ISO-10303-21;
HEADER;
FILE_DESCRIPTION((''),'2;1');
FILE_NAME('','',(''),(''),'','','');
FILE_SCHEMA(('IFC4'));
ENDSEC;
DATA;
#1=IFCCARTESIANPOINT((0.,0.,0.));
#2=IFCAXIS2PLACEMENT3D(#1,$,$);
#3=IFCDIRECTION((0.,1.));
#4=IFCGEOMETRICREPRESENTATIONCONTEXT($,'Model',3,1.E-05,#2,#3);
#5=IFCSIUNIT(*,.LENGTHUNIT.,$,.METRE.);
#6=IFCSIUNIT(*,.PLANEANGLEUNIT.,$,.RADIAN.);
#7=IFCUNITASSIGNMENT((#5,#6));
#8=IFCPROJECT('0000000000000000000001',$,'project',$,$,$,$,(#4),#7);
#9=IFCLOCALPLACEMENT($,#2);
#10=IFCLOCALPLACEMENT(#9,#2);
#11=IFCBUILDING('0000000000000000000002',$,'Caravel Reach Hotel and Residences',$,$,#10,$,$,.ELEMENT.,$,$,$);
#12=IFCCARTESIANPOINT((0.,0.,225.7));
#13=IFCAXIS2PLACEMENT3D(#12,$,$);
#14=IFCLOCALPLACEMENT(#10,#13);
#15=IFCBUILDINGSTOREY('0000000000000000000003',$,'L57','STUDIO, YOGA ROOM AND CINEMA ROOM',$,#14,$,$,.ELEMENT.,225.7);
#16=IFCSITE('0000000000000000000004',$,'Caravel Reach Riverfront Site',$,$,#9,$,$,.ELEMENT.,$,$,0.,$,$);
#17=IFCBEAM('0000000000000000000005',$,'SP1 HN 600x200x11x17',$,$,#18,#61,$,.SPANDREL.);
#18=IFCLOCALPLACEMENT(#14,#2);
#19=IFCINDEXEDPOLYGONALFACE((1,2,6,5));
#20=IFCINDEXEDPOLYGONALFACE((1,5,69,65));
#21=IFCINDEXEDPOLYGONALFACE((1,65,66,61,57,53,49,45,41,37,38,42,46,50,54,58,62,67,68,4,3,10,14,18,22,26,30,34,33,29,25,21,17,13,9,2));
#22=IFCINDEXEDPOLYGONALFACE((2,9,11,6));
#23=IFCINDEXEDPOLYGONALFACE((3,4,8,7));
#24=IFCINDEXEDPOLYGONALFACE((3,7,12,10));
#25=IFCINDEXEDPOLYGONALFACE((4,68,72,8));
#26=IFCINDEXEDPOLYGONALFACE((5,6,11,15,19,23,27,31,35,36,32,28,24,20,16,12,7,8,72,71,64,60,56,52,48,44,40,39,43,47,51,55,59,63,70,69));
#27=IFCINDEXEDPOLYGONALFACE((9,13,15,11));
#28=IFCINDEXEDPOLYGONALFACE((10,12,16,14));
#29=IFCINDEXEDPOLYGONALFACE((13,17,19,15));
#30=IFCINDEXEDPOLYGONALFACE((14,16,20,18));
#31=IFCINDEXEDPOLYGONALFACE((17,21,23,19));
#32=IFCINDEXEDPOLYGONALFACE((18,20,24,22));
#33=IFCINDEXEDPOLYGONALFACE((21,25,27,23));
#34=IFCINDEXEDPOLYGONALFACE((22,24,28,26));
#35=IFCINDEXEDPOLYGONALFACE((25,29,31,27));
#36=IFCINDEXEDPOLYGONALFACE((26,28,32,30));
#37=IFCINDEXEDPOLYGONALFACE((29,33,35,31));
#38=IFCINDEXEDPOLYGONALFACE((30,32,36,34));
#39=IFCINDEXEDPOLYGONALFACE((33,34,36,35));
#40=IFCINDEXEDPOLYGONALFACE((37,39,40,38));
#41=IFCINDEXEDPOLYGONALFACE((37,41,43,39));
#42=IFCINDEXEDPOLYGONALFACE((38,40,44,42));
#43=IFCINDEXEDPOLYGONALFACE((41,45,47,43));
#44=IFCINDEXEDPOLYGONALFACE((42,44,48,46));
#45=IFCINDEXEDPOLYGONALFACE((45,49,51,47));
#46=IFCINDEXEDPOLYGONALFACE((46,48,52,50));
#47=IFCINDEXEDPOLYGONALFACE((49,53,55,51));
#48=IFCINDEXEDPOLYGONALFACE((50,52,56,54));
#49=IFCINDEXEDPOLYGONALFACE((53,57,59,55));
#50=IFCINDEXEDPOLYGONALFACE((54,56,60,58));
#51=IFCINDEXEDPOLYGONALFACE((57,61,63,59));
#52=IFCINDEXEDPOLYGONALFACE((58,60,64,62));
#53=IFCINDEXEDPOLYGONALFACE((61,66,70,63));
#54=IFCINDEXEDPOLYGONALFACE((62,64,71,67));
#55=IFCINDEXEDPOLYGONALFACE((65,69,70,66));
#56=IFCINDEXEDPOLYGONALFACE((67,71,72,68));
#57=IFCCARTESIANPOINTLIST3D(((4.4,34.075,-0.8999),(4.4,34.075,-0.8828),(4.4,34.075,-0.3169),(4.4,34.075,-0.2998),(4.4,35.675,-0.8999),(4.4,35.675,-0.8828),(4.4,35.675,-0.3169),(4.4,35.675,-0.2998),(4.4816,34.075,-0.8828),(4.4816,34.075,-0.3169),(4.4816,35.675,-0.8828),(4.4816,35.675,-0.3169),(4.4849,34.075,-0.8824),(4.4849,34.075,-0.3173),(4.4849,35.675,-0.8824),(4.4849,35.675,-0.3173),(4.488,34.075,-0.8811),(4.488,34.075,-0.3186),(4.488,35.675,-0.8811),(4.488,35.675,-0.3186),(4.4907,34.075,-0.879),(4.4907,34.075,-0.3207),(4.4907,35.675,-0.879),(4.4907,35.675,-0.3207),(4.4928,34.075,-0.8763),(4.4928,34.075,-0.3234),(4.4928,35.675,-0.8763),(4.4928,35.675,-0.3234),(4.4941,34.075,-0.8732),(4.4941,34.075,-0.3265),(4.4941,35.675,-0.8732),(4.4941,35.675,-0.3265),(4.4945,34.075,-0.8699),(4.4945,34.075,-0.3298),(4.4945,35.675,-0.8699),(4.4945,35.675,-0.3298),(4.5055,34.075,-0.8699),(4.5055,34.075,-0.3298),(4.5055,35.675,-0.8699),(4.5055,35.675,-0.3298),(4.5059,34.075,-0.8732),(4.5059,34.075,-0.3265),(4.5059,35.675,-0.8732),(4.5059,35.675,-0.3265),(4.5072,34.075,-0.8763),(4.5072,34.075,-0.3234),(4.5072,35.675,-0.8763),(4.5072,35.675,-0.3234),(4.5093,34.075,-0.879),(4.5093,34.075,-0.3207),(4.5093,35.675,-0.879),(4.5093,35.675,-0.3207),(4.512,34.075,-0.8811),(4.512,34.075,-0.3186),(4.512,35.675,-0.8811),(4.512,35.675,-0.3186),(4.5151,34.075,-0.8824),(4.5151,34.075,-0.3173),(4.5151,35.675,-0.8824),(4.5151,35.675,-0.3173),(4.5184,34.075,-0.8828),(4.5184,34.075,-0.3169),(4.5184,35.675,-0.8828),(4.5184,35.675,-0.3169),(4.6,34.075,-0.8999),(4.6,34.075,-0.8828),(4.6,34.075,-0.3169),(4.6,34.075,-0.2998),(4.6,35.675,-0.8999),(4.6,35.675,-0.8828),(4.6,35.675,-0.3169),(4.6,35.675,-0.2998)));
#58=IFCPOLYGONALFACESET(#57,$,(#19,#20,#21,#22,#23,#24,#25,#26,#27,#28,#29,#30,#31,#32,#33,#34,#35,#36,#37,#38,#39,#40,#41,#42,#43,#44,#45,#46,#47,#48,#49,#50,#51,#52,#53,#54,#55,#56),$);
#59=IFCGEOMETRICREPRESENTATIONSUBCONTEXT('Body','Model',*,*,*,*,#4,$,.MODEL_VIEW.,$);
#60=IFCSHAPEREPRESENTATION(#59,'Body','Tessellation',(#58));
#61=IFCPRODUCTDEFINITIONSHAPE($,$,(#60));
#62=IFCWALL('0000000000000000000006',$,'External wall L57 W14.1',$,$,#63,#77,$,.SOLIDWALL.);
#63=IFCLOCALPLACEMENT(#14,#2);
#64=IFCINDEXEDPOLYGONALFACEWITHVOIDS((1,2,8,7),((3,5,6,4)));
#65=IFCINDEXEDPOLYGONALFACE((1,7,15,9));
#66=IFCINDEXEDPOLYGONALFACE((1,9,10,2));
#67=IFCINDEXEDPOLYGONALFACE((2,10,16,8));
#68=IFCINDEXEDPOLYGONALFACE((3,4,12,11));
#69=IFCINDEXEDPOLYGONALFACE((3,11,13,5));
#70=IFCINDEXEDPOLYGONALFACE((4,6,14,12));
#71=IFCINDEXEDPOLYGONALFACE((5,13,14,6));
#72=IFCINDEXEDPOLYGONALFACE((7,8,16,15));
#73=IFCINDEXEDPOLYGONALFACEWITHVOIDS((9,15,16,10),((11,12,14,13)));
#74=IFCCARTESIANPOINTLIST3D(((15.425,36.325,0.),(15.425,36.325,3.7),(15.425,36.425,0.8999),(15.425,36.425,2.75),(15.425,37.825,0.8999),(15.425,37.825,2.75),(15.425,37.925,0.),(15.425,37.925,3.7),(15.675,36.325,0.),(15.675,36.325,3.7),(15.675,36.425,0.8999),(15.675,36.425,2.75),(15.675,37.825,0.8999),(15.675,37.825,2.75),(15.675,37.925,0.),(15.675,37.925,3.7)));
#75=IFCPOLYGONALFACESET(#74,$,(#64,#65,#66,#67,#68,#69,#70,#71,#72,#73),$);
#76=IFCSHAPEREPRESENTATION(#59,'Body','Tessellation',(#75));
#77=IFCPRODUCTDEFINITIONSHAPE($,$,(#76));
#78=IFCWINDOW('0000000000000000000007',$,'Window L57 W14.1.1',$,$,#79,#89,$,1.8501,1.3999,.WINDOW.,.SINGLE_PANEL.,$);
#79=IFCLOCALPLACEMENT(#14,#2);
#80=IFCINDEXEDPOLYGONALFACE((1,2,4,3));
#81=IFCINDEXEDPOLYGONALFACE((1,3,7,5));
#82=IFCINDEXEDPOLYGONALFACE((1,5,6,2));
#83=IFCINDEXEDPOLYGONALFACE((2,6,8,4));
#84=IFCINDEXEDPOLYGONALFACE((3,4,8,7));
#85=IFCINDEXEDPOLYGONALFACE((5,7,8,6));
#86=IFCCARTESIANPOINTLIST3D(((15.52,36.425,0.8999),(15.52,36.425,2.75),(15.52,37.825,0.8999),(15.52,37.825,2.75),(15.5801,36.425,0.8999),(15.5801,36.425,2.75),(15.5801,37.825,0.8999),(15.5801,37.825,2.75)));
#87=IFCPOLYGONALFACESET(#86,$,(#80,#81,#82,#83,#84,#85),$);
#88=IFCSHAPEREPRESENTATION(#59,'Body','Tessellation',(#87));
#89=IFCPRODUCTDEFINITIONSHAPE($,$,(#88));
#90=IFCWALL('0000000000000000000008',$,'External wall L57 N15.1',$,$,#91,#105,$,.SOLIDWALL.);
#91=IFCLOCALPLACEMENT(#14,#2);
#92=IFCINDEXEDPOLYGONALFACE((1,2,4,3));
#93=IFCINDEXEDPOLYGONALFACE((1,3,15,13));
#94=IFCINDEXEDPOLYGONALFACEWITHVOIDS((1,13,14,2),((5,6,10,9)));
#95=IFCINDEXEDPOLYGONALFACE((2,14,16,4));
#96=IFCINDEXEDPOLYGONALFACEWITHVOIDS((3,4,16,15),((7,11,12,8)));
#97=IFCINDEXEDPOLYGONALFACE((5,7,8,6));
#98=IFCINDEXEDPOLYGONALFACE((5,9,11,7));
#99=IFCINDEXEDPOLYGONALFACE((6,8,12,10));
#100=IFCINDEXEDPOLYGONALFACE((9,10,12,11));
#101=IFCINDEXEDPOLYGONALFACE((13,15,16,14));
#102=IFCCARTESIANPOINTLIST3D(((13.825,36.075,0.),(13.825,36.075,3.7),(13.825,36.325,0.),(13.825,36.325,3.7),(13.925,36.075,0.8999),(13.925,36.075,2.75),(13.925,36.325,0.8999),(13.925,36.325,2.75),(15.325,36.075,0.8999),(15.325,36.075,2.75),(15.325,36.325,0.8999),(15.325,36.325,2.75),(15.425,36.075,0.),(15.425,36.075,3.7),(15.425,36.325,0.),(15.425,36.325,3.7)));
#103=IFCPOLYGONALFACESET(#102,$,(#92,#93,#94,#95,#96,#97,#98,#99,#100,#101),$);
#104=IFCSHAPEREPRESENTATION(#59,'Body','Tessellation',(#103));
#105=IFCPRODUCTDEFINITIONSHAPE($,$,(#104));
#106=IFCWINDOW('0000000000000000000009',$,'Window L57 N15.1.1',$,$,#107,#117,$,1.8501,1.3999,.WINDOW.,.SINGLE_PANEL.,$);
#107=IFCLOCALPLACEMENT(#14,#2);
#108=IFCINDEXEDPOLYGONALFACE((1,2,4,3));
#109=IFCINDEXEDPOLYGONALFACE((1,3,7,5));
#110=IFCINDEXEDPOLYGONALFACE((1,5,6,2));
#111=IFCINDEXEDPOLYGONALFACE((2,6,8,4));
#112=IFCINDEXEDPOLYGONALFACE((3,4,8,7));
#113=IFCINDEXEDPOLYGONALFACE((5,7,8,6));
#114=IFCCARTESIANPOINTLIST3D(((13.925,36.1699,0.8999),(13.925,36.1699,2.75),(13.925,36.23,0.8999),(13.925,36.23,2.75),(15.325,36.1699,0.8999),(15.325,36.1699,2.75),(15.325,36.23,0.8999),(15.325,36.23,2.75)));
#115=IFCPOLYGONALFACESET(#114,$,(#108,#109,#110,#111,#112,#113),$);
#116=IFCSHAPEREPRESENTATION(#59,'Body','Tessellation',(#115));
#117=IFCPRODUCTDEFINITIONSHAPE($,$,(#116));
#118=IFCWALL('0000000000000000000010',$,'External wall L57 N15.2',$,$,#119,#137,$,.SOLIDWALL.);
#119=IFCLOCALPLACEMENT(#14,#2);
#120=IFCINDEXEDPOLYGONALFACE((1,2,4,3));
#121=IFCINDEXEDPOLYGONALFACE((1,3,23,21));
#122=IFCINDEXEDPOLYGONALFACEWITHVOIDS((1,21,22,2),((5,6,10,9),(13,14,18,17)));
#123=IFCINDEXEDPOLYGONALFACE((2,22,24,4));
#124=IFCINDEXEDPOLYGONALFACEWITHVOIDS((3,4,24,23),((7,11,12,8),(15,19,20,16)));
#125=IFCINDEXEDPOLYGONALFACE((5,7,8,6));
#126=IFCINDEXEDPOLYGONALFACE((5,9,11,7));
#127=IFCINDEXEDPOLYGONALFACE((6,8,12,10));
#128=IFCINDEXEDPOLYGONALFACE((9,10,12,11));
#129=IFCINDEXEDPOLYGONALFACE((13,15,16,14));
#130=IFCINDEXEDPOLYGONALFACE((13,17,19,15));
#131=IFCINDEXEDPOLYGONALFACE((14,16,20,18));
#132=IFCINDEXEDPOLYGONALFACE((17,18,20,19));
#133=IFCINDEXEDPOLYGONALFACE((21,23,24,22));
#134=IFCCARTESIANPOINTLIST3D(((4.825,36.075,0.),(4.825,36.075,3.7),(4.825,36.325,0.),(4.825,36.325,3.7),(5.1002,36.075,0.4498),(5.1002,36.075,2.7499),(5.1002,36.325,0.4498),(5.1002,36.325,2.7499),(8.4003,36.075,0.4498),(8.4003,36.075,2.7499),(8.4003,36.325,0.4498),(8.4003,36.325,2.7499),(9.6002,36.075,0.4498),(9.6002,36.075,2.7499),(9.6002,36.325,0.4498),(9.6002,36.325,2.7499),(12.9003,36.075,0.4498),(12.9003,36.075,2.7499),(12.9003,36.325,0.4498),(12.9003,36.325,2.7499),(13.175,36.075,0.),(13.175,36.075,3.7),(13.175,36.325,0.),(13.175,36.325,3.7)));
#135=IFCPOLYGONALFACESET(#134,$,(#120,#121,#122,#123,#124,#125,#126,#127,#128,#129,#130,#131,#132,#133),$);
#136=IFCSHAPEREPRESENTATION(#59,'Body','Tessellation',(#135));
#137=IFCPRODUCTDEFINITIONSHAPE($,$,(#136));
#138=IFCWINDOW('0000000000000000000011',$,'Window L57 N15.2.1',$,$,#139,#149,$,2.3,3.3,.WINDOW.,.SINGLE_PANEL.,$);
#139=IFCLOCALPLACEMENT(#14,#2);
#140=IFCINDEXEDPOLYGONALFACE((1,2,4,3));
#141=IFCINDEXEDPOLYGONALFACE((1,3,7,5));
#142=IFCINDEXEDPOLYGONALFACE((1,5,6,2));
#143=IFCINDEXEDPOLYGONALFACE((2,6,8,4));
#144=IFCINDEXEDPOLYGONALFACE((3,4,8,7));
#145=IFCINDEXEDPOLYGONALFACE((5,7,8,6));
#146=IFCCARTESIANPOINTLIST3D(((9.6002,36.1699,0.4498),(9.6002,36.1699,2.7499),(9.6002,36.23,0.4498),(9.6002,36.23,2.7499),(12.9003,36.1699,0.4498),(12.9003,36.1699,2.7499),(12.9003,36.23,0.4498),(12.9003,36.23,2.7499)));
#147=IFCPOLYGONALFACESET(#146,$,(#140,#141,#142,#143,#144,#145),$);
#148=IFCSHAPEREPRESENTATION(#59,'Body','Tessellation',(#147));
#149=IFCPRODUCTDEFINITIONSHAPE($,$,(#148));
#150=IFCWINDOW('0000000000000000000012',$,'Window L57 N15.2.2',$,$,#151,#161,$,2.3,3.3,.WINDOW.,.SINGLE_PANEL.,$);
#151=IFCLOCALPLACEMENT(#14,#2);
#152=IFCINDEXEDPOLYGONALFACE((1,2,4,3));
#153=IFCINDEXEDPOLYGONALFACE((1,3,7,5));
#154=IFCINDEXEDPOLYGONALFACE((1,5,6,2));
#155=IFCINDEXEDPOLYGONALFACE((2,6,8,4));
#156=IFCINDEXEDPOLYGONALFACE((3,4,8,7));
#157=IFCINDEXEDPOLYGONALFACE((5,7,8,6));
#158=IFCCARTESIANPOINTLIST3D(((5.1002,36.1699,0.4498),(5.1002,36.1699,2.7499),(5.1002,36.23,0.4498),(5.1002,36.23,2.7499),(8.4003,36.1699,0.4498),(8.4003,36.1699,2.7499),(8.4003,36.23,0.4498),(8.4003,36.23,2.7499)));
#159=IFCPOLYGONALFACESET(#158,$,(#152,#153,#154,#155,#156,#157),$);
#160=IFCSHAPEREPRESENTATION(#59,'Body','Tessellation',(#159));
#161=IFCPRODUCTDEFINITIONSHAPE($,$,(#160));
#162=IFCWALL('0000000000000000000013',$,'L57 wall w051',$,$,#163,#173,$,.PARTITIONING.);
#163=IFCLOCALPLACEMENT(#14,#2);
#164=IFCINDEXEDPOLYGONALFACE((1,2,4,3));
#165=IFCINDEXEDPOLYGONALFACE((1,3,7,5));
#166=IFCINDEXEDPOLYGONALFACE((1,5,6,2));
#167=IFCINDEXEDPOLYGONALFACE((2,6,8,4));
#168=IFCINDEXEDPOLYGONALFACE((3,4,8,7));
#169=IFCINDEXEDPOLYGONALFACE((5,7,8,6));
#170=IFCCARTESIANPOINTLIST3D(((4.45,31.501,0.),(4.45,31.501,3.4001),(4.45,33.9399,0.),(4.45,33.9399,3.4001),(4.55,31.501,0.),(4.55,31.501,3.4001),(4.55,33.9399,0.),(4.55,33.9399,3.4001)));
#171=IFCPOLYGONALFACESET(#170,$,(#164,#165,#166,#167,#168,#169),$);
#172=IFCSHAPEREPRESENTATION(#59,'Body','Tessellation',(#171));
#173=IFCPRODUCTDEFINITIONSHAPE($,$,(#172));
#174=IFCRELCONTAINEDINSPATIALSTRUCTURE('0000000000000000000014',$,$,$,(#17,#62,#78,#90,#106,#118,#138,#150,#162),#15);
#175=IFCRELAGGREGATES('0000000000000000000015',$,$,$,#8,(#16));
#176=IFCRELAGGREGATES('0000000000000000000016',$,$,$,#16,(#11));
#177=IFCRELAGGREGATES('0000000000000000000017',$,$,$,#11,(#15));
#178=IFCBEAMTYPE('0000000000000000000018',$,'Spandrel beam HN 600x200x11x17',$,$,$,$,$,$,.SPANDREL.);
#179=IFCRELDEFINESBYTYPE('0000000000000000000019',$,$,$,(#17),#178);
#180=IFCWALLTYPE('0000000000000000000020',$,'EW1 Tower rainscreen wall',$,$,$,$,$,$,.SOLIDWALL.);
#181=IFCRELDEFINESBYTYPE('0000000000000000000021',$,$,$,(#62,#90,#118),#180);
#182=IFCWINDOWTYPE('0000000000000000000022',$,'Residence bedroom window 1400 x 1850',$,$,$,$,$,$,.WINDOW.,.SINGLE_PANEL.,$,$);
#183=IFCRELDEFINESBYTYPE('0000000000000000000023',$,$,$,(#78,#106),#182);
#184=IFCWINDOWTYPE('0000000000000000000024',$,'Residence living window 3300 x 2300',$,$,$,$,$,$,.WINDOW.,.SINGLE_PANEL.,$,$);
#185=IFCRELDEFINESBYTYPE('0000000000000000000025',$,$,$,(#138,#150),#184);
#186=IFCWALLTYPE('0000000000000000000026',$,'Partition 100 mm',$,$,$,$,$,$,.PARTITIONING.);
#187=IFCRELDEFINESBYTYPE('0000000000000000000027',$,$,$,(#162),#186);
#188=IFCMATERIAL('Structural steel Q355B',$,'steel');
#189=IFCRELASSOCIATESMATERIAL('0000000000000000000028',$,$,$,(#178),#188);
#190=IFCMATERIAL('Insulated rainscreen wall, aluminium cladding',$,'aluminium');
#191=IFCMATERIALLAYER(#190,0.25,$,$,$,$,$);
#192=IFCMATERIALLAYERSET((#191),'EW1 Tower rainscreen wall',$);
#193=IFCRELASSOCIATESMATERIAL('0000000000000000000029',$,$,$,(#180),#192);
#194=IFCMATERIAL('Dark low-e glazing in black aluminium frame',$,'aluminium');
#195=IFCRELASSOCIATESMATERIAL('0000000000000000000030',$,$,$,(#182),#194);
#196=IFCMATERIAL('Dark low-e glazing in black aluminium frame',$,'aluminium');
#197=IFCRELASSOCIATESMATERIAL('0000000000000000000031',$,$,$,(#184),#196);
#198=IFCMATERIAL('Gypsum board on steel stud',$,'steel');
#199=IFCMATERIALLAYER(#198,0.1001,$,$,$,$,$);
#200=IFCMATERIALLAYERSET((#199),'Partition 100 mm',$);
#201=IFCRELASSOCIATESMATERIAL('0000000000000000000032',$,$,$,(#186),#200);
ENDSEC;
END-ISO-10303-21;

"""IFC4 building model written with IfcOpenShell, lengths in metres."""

from ifc_helpers import new_model, si_unit, direction, frame, frame_2d, origin, origin_2d, place, context, subcontext, project, spatial, rectangle, i_section, extrude, material, layer, layer_set, material_profile, profile_set, type_object, element, fill, save


model = new_model("IFC4")

# Units and contexts
model_context = context("Model", 3, precision=1e-05, world=origin(), true_north=direction((0.0, 1.0)))
body_context = subcontext(model_context, "Body", "Model", "MODEL_VIEW")
ifc_project = project(units=[si_unit("LENGTHUNIT", "METRE"), si_unit("PLANEANGLEUNIT", "RADIAN")], contexts=[model_context])

# Site, building, storey
site_placement = place(None, origin())
site = spatial("IfcSite", under=ifc_project, at=site_placement, Name="Caravel Reach Riverfront Site", CompositionType="ELEMENT", RefElevation=0.0)
building_placement = place(site_placement, origin())
building = spatial("IfcBuilding", under=site, at=building_placement, Name="Caravel Reach Hotel and Residences", CompositionType="ELEMENT")
storey_placement = place(building_placement, frame((0.0, 0.0, 225.7)))
storey = spatial("IfcBuildingStorey", under=building, at=storey_placement, Name="L57", Description="STUDIO, YOGA ROOM AND CINEMA ROOM", CompositionType="ELEMENT", Elevation=225.7)

# Beam
ifc_material_1 = material(Name="Structural steel Q355B", Category="steel")
ifc_material_profile_1 = material_profile(ifc_material_1, i_section(OverallWidth=0.2, OverallDepth=0.6001, WebThickness=0.011, FlangeThickness=0.0171, FilletRadius=0.0129, at=origin_2d()), Name="HN 600x200x11x17")
ifc_profile_set_1 = profile_set([ifc_material_profile_1], Name="Structural steel Q355B")
beam_type_1 = type_object("IfcBeamType", Name="Spandrel beam HN 600x200x11x17", PredefinedType="SPANDREL", material=ifc_profile_set_1)
beam_1_placement = place(storey_placement, frame((4.5, 35.675, -0.5999), z_axis=(0.0, -1.0, 0.0), x_axis=(1.0, 0.0, 0.0)))
element("IfcBeam", 1, at=beam_1_placement, inside=storey, type_object=beam_type_1, Name="SP1 HN 600x200x11x17", PredefinedType="SPANDREL", context=body_context, shape_type="SweptSolid", body=[
    extrude(i_section(OverallWidth=0.2, OverallDepth=0.6001, WebThickness=0.011, FlangeThickness=0.0171, FilletRadius=0.0129, at=origin_2d()), origin(), (0.0, 0.0, 1.0), 1.6001),
])

# Walls, openings, windows
ifc_material_2 = material(Name="Insulated rainscreen wall, aluminium cladding", Category="aluminium")
ifc_layer_1 = layer(ifc_material_2, 0.25)
ifc_layer_set_1 = layer_set([ifc_layer_1], Name="EW1 Tower rainscreen wall")
wall_type_1 = type_object("IfcWallType", Name="EW1 Tower rainscreen wall", PredefinedType="SOLIDWALL", material=ifc_layer_set_1)
wall_1_placement = place(storey_placement, frame((15.55, 37.925, 0.0), z_axis=(0.0, 0.0, 1.0), x_axis=(0.0, -1.0, 0.0)))
wall_1 = element("IfcWall", 2, at=wall_1_placement, inside=storey, type_object=wall_type_1, Name="External wall L57 W14.1", PredefinedType="SOLIDWALL", context=body_context, shape_type="SweptSolid", body=[
    extrude(rectangle(XDim=1.6001, YDim=0.25, at=frame_2d((0.8, 0.0))), origin(), (0.0, 0.0, 1.0), 3.7),
])
opening_1_placement = place(wall_1_placement, frame((0.1001, 0.0, 0.8999)))
opening_1 = element("IfcOpeningElement", 3, at=opening_1_placement, cuts=wall_1, PredefinedType="OPENING", context=body_context, shape_type="SweptSolid", body=[
    extrude(rectangle(XDim=1.3999, YDim=1.8501, at=frame_2d((0.7, 0.925))), frame((0.0, 0.135, 0.0), z_axis=(0.0, -1.0, 0.0), x_axis=(1.0, 0.0, 0.0)), (0.0, 0.0, 1.0), 0.27),
])
ifc_material_3 = material(Name="Dark low-e glazing in black aluminium frame", Category="aluminium")
window_type_1 = type_object("IfcWindowType", Name="Residence bedroom window 1400 x 1850", PartitioningType="SINGLE_PANEL", PredefinedType="WINDOW", material=ifc_material_3)
window_1_placement = place(opening_1_placement, origin())
window_1 = element("IfcWindow", 4, at=window_1_placement, inside=storey, type_object=window_type_1, Name="Window L57 W14.1.1", OverallHeight=1.8501, OverallWidth=1.3999, PartitioningType="SINGLE_PANEL", PredefinedType="WINDOW", context=body_context, shape_type="SweptSolid", body=[
    extrude(rectangle(XDim=1.3999, YDim=1.8501, at=frame_2d((0.7, 0.925))), frame((0.0, 0.03, 0.0), z_axis=(0.0, -1.0, 0.0), x_axis=(1.0, 0.0, 0.0)), (0.0, 0.0, 1.0), 0.0601),
])
fill(opening_1, window_1)
wall_2_placement = place(storey_placement, frame((15.425, 36.2, 0.0), z_axis=(0.0, 0.0, 1.0), x_axis=(-1.0, 0.0, 0.0)))
wall_2 = element("IfcWall", 5, at=wall_2_placement, inside=storey, type_object=wall_type_1, Name="External wall L57 N15.1", PredefinedType="SOLIDWALL", context=body_context, shape_type="SweptSolid", body=[
    extrude(rectangle(XDim=1.6001, YDim=0.25, at=frame_2d((0.8, 0.0))), origin(), (0.0, 0.0, 1.0), 3.7),
])
opening_2_placement = place(wall_2_placement, frame((0.1001, 0.0, 0.8999)))
opening_2 = element("IfcOpeningElement", 6, at=opening_2_placement, cuts=wall_2, PredefinedType="OPENING", context=body_context, shape_type="SweptSolid", body=[
    extrude(rectangle(XDim=1.3999, YDim=1.8501, at=frame_2d((0.7, 0.925))), frame((0.0, 0.135, 0.0), z_axis=(0.0, -1.0, 0.0), x_axis=(1.0, 0.0, 0.0)), (0.0, 0.0, 1.0), 0.27),
])
window_2_placement = place(opening_2_placement, origin())
window_2 = element("IfcWindow", 7, at=window_2_placement, inside=storey, type_object=window_type_1, Name="Window L57 N15.1.1", OverallHeight=1.8501, OverallWidth=1.3999, PartitioningType="SINGLE_PANEL", PredefinedType="WINDOW", context=body_context, shape_type="SweptSolid", body=[
    extrude(rectangle(XDim=1.3999, YDim=1.8501, at=frame_2d((0.7, 0.925))), frame((0.0, 0.03, 0.0), z_axis=(0.0, -1.0, 0.0), x_axis=(1.0, 0.0, 0.0)), (0.0, 0.0, 1.0), 0.0601),
])
fill(opening_2, window_2)

# Wall, openings, windows
wall_3_placement = place(storey_placement, frame((13.175, 36.2, 0.0), z_axis=(0.0, 0.0, 1.0), x_axis=(-1.0, 0.0, 0.0)))
wall_3 = element("IfcWall", 8, at=wall_3_placement, inside=storey, type_object=wall_type_1, Name="External wall L57 N15.2", PredefinedType="SOLIDWALL", context=body_context, shape_type="SweptSolid", body=[
    extrude(rectangle(XDim=8.3501, YDim=0.25, at=frame_2d((4.175, 0.0))), origin(), (0.0, 0.0, 1.0), 3.7),
])
opening_3_placement = place(wall_3_placement, frame((0.2749, 0.0, 0.45)))
opening_3 = element("IfcOpeningElement", 9, at=opening_3_placement, cuts=wall_3, PredefinedType="OPENING", context=body_context, shape_type="SweptSolid", body=[
    extrude(rectangle(XDim=3.3, YDim=2.3, at=frame_2d((1.6499, 1.1499))), frame((0.0, 0.135, 0.0), z_axis=(0.0, -1.0, 0.0), x_axis=(1.0, 0.0, 0.0)), (0.0, 0.0, 1.0), 0.27),
])
opening_4_placement = place(wall_3_placement, frame((4.7749, 0.0, 0.45)))
opening_4 = element("IfcOpeningElement", 10, at=opening_4_placement, cuts=wall_3, PredefinedType="OPENING", context=body_context, shape_type="SweptSolid", body=[
    extrude(rectangle(XDim=3.3, YDim=2.3, at=frame_2d((1.6499, 1.1499))), frame((0.0, 0.135, 0.0), z_axis=(0.0, -1.0, 0.0), x_axis=(1.0, 0.0, 0.0)), (0.0, 0.0, 1.0), 0.27),
])
ifc_material_4 = material(Name="Dark low-e glazing in black aluminium frame", Category="aluminium")
window_type_2 = type_object("IfcWindowType", Name="Residence living window 3300 x 2300", PartitioningType="SINGLE_PANEL", PredefinedType="WINDOW", material=ifc_material_4)
window_3_placement = place(opening_3_placement, origin())
window_3 = element("IfcWindow", 11, at=window_3_placement, inside=storey, type_object=window_type_2, Name="Window L57 N15.2.1", OverallHeight=2.3, OverallWidth=3.3, PartitioningType="SINGLE_PANEL", PredefinedType="WINDOW", context=body_context, shape_type="SweptSolid", body=[
    extrude(rectangle(XDim=3.3, YDim=2.3, at=frame_2d((1.6499, 1.1499))), frame((0.0, 0.03, 0.0), z_axis=(0.0, -1.0, 0.0), x_axis=(1.0, 0.0, 0.0)), (0.0, 0.0, 1.0), 0.0601),
])
fill(opening_3, window_3)
window_4_placement = place(opening_4_placement, origin())
window_4 = element("IfcWindow", 12, at=window_4_placement, inside=storey, type_object=window_type_2, Name="Window L57 N15.2.2", OverallHeight=2.3, OverallWidth=3.3, PartitioningType="SINGLE_PANEL", PredefinedType="WINDOW", context=body_context, shape_type="SweptSolid", body=[
    extrude(rectangle(XDim=3.3, YDim=2.3, at=frame_2d((1.6499, 1.1499))), frame((0.0, 0.03, 0.0), z_axis=(0.0, -1.0, 0.0), x_axis=(1.0, 0.0, 0.0)), (0.0, 0.0, 1.0), 0.0601),
])
fill(opening_4, window_4)

# Wall
ifc_material_5 = material(Name="Gypsum board on steel stud", Category="steel")
ifc_layer_2 = layer(ifc_material_5, 0.1001)
ifc_layer_set_2 = layer_set([ifc_layer_2], Name="Partition 100 mm")
wall_type_2 = type_object("IfcWallType", Name="Partition 100 mm", PredefinedType="PARTITIONING", material=ifc_layer_set_2)
wall_4_placement = place(storey_placement, frame((4.5, 31.501, 0.0), z_axis=(0.0, 0.0, 1.0), x_axis=(0.0, 1.0, 0.0)))
element("IfcWall", 13, at=wall_4_placement, inside=storey, type_object=wall_type_2, Name="L57 wall w051", PredefinedType="PARTITIONING", context=body_context, shape_type="SweptSolid", body=[
    extrude(rectangle(XDim=2.439, YDim=0.1001, at=frame_2d((1.2195, 0.0))), origin(), (0.0, 0.0, 1.0), 3.4001),
])

save(model, "model.ifc")
